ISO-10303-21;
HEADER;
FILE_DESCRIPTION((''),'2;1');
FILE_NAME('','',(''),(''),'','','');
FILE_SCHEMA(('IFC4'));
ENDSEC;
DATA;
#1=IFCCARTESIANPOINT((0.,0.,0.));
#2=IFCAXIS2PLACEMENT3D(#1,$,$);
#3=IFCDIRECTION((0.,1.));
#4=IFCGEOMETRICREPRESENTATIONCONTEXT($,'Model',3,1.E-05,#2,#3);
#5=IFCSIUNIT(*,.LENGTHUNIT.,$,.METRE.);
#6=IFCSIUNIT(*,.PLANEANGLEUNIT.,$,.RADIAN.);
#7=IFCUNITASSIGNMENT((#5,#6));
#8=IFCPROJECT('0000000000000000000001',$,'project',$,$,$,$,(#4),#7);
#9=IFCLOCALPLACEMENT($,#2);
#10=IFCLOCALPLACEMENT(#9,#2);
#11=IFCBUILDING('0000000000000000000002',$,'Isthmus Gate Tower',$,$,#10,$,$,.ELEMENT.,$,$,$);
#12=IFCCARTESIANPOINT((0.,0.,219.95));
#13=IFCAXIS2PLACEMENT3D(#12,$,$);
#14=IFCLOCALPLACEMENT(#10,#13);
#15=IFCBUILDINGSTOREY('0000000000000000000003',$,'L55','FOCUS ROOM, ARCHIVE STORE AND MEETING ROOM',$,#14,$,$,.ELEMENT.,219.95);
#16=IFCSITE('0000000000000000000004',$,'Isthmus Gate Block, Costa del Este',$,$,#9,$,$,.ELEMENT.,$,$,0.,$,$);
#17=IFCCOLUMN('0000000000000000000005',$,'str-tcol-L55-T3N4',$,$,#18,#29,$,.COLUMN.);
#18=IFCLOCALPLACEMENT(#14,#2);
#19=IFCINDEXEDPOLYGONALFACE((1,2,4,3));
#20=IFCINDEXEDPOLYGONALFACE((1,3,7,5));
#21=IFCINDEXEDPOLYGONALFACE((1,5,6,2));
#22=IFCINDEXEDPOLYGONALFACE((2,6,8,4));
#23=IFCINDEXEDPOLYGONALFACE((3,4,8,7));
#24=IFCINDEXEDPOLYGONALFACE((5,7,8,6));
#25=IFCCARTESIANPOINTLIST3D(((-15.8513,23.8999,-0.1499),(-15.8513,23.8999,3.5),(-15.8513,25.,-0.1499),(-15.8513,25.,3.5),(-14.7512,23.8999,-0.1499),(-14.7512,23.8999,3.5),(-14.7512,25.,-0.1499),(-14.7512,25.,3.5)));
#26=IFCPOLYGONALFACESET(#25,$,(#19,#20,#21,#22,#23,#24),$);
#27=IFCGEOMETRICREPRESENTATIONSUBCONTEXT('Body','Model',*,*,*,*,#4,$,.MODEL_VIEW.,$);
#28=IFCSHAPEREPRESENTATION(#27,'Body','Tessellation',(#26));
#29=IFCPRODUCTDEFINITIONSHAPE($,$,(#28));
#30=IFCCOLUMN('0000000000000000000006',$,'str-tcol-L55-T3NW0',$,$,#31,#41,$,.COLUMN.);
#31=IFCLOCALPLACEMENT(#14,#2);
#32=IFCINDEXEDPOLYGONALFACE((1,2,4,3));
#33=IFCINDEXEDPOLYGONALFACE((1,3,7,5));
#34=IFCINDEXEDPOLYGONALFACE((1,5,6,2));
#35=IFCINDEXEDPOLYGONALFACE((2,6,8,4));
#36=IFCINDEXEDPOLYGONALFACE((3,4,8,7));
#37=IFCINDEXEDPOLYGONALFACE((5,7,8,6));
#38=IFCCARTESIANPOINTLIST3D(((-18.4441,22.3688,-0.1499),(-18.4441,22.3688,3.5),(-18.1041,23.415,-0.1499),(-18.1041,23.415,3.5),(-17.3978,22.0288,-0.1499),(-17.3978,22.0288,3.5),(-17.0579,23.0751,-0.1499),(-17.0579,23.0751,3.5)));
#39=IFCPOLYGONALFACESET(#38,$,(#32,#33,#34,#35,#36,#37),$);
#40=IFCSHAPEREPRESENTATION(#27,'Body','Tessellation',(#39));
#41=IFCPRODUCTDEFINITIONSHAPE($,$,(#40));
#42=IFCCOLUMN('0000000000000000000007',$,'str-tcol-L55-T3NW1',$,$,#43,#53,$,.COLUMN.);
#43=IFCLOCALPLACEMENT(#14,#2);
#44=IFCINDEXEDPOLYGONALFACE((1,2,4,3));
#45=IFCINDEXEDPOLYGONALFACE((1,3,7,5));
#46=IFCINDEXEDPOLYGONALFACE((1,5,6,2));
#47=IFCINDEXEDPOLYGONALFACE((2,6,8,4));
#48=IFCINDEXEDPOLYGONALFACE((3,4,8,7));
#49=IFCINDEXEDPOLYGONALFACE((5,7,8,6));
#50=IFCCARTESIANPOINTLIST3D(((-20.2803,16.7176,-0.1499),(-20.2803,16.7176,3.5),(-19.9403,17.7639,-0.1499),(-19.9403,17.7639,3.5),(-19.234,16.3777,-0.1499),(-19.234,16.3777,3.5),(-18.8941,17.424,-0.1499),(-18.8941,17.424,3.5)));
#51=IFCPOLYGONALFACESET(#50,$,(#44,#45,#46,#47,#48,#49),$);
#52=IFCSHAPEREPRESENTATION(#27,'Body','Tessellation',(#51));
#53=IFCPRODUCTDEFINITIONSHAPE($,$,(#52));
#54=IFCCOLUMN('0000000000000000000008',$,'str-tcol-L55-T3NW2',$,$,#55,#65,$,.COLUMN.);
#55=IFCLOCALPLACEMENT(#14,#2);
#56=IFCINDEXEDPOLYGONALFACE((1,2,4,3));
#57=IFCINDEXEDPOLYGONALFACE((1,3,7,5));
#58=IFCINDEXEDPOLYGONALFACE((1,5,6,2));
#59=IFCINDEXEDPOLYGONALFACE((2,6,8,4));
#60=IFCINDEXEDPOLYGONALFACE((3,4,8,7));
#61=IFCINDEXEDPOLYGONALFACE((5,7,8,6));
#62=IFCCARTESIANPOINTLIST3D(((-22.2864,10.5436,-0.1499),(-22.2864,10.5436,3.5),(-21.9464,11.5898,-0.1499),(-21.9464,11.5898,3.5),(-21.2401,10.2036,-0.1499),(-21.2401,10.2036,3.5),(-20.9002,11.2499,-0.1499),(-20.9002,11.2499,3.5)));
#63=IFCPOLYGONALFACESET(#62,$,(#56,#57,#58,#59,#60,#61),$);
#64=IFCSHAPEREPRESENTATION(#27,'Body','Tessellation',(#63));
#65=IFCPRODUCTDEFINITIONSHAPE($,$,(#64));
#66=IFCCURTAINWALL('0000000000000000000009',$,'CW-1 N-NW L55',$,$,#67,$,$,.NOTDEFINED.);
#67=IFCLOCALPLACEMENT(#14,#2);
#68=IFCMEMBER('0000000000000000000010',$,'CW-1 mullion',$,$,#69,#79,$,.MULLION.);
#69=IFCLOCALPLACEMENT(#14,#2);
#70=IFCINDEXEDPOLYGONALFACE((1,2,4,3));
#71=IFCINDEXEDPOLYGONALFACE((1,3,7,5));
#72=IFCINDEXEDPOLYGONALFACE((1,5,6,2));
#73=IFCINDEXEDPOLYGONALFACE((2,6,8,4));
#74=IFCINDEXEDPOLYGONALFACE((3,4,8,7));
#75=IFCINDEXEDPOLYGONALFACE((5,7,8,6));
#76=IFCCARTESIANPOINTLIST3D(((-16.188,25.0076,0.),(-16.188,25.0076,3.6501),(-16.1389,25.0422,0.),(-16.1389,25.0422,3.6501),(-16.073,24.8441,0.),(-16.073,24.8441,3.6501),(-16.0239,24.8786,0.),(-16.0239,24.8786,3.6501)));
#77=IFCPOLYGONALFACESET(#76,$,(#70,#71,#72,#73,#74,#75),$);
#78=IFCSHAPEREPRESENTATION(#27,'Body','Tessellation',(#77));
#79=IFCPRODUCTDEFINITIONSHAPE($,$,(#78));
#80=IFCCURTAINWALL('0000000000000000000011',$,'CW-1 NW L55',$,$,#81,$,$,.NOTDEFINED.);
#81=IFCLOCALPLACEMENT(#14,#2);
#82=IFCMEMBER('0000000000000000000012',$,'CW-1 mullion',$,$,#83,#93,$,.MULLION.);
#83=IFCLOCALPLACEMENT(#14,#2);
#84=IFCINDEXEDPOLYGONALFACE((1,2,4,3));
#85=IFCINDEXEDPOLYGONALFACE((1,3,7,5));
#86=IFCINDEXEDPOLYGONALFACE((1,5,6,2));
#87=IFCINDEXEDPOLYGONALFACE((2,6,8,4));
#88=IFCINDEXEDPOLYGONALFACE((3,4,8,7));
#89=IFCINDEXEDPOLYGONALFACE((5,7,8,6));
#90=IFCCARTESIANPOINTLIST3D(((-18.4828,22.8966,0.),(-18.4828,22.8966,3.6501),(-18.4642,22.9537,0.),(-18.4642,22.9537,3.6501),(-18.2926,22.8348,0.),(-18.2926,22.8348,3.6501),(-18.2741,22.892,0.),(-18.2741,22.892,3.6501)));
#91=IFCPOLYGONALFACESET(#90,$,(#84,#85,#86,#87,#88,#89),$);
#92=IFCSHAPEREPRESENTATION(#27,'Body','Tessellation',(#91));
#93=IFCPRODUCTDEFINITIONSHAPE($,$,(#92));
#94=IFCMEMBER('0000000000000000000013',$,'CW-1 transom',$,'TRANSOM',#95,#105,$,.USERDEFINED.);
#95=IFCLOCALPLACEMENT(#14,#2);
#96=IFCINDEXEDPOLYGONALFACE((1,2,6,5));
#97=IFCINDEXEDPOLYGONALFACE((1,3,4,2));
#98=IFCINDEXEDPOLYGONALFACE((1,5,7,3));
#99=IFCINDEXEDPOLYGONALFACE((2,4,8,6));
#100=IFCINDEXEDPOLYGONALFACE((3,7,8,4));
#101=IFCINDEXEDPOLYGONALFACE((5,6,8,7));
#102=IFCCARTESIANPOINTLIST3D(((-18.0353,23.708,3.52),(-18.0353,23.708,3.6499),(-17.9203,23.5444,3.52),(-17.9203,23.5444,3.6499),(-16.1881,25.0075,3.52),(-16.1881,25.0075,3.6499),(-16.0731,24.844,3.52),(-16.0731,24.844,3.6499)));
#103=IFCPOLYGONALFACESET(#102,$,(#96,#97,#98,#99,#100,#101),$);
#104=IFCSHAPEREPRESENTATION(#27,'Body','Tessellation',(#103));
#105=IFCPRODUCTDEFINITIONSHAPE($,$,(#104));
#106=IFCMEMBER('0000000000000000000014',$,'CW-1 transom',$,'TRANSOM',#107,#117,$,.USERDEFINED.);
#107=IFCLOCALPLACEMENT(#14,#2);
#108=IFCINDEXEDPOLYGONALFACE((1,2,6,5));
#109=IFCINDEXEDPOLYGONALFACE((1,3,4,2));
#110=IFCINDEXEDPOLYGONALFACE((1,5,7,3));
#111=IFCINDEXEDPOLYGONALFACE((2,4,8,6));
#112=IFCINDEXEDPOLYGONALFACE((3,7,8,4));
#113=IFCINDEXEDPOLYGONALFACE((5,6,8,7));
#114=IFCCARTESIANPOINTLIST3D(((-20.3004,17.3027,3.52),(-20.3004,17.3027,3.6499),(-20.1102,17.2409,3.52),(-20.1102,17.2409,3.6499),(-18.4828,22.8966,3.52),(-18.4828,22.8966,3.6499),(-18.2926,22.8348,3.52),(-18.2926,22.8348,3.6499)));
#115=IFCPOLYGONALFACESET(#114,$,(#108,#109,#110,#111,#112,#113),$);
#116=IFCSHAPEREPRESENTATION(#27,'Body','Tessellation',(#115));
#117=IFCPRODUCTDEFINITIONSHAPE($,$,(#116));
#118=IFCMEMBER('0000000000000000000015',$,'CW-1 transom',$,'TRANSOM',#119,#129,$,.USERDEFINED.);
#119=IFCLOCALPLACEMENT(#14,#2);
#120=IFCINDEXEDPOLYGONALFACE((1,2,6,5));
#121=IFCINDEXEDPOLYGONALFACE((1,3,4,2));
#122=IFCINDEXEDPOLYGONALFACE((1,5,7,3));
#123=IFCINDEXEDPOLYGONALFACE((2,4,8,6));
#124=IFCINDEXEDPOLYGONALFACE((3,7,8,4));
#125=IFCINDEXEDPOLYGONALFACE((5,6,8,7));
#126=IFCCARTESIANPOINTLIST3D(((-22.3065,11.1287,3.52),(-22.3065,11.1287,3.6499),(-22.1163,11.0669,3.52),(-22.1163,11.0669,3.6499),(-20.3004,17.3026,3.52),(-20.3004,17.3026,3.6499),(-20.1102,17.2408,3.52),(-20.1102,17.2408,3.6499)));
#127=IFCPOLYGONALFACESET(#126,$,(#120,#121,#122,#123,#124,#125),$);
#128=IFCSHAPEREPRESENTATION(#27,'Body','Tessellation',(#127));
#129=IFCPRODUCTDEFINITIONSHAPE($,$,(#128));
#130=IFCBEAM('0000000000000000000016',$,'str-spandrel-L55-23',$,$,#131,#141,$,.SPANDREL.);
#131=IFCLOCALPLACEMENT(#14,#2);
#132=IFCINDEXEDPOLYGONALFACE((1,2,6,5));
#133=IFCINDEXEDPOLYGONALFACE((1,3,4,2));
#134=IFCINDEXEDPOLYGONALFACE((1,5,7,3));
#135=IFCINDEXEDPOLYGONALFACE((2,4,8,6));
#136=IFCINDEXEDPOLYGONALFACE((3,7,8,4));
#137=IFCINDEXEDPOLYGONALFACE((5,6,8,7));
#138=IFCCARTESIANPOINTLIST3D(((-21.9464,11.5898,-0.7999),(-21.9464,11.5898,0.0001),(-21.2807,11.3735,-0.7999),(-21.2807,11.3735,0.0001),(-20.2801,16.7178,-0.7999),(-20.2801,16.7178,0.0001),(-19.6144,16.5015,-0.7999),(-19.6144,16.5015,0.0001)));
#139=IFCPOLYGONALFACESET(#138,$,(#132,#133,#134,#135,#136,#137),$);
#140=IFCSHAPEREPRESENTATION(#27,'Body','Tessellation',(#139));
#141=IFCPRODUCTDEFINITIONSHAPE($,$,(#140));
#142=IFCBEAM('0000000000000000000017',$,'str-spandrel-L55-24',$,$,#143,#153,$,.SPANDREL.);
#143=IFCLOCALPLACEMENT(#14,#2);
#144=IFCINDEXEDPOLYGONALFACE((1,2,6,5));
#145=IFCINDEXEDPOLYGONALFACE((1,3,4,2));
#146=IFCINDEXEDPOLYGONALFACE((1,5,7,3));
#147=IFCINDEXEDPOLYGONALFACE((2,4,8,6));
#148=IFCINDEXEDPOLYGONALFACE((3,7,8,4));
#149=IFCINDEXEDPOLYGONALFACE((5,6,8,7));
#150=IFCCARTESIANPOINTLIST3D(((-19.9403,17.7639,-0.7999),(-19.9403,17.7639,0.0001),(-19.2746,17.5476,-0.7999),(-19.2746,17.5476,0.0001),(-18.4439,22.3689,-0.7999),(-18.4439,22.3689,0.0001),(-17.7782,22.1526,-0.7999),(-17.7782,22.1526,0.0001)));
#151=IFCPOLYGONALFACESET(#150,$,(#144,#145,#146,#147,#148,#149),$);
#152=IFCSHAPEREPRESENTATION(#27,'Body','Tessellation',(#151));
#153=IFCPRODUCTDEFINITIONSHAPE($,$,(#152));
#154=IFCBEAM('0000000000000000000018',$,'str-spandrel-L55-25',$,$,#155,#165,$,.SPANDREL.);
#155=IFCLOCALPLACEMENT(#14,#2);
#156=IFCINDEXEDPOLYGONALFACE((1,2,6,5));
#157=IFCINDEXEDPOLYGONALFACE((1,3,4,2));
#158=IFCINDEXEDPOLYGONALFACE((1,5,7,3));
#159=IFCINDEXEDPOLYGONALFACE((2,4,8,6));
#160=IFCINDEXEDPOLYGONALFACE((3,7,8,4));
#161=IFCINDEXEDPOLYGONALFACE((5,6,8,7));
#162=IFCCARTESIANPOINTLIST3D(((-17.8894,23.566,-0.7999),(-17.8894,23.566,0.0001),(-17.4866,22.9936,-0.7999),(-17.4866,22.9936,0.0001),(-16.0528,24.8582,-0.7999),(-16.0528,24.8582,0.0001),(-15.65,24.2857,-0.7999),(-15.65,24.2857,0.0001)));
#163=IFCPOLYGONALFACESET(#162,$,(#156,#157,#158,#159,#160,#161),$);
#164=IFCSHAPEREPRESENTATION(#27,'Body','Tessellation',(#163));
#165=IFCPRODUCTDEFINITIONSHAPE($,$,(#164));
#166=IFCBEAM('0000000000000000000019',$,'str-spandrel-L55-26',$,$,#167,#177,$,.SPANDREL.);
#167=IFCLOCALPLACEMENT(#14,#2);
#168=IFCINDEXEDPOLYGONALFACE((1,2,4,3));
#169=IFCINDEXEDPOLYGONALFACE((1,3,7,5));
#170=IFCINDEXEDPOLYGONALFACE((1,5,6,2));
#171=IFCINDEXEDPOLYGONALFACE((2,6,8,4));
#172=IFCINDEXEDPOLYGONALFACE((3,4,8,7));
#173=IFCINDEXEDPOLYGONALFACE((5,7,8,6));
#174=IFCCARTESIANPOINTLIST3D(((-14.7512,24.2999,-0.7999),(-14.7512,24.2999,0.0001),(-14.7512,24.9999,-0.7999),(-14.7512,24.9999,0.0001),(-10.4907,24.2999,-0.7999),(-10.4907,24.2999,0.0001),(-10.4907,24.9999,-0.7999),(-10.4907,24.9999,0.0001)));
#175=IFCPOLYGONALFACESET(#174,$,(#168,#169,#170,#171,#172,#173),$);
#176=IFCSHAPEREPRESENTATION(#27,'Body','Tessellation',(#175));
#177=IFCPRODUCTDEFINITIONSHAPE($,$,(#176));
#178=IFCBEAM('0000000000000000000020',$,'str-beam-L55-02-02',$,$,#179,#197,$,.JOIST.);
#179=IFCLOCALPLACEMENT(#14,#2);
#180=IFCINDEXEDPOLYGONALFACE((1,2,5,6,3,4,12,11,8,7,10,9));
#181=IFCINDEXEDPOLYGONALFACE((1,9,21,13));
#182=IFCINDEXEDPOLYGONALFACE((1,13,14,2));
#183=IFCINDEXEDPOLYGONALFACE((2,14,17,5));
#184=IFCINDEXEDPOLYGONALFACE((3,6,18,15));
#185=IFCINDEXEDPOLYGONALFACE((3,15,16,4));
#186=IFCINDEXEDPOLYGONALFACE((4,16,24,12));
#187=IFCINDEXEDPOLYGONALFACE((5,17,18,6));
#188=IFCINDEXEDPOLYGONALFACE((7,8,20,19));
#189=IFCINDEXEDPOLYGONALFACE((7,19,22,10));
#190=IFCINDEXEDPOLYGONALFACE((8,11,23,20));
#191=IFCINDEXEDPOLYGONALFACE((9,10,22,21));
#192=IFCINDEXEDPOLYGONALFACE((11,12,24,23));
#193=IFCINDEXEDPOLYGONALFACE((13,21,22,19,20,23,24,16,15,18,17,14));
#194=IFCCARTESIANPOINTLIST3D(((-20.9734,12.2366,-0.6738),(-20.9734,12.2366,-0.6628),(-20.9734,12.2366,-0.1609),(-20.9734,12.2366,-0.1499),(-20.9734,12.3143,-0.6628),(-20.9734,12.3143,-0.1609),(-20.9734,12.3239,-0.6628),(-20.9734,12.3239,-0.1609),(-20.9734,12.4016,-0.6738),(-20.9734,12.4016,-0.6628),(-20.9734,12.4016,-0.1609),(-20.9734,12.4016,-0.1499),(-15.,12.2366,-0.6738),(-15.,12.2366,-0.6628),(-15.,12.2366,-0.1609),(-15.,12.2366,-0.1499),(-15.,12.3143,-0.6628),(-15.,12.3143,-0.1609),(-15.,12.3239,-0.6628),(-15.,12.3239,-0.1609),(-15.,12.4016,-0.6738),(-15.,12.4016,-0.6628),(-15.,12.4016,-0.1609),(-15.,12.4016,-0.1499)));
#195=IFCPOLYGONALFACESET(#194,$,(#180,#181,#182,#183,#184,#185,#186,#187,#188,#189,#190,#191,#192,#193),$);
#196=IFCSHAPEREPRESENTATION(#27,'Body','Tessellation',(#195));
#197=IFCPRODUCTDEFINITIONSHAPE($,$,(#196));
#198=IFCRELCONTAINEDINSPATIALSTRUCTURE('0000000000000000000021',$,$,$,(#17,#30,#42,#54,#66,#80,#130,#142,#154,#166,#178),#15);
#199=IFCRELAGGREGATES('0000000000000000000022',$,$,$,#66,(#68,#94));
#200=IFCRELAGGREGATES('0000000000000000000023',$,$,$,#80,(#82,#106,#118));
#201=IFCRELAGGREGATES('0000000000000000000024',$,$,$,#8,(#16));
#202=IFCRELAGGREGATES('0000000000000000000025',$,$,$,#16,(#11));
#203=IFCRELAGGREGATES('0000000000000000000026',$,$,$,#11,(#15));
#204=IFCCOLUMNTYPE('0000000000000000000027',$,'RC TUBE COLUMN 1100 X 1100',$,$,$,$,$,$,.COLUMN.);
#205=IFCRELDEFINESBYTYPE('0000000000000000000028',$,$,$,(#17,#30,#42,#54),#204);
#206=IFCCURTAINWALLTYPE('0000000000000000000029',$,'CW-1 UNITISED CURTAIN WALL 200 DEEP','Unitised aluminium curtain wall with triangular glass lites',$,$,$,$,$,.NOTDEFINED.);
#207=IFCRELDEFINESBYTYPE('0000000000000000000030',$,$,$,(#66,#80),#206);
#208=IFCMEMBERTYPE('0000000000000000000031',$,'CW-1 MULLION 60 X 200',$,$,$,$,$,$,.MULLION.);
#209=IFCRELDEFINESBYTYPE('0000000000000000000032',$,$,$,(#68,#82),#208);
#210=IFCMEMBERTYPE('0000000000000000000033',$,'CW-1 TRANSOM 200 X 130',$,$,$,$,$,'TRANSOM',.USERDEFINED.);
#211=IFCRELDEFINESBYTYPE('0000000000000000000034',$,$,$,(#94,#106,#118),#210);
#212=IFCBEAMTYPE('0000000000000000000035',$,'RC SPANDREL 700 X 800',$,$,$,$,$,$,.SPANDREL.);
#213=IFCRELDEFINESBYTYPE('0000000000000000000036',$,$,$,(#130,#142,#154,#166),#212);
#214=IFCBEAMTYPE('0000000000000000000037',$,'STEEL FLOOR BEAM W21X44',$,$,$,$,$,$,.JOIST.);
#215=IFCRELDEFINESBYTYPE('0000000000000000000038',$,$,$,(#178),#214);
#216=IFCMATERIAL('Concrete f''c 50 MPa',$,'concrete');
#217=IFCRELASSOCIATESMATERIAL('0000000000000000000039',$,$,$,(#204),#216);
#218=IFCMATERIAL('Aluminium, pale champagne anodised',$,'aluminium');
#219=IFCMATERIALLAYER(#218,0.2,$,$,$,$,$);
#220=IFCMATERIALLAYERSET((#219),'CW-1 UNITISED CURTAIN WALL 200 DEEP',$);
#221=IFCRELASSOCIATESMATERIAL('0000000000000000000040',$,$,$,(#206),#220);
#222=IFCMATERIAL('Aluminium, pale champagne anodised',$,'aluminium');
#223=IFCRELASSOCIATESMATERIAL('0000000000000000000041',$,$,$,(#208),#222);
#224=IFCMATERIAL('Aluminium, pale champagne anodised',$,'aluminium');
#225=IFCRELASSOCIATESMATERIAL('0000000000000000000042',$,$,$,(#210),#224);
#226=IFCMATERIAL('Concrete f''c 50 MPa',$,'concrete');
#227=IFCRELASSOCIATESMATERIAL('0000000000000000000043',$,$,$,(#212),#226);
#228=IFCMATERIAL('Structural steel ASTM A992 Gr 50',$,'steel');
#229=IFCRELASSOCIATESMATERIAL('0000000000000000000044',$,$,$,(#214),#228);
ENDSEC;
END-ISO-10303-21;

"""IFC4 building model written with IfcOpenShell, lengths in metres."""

from ifc_helpers import new_model, si_unit, direction, frame, origin, origin_2d, place, context, subcontext, project, spatial, rectangle, i_section, extrude, material, layer, layer_set, material_profile, profile_set, type_object, element, aggregate, save


model = new_model("IFC4")

# Units and contexts
model_context = context("Model", 3, precision=1e-05, world=origin(), true_north=direction((0.0, 1.0)))
body_context = subcontext(model_context, "Body", "Model", "MODEL_VIEW")
ifc_project = project(units=[si_unit("LENGTHUNIT", "METRE"), si_unit("PLANEANGLEUNIT", "RADIAN")], contexts=[model_context])

# Site, building, storey
site_placement = place(None, origin())
site = spatial("IfcSite", under=ifc_project, at=site_placement, Name="Isthmus Gate Block, Costa del Este", CompositionType="ELEMENT", RefElevation=0.0)
building_placement = place(site_placement, origin())
building = spatial("IfcBuilding", under=site, at=building_placement, Name="Isthmus Gate Tower", CompositionType="ELEMENT")
storey_placement = place(building_placement, frame((0.0, 0.0, 219.95)))
storey = spatial("IfcBuildingStorey", under=building, at=storey_placement, Name="L55", Description="FOCUS ROOM, ARCHIVE STORE AND MEETING ROOM", CompositionType="ELEMENT", Elevation=219.95)

# Columns
ifc_material_1 = material(Name="Concrete f'c 50 MPa", Category="concrete")
ifc_material_profile_1 = material_profile(ifc_material_1, rectangle(XDim=1.1001, YDim=1.1001, at=origin_2d()), Name="RC 1100X1100")
ifc_profile_set_1 = profile_set([ifc_material_profile_1], Name="Concrete f'c 50 MPa")
column_type = type_object("IfcColumnType", Name="RC TUBE COLUMN 1100 X 1100", PredefinedType="COLUMN", material=ifc_profile_set_1)
for number, where, z_axis, x_axis, name in (
    (1, (-15.3013, 24.45, -0.1499), (0.0, 0.0, 1.0), (-1.0, 0.0, 0.0), "str-tcol-L55-T3N4"),
    (2, (-17.751, 22.7219, -0.1499), (0.0, 0.0, 1.0), (-0.309017, -0.951057, 0.0), "str-tcol-L55-T3NW0"),
    (3, (-19.5872, 17.0708, -0.1499), (0.0, 0.0, 1.0), (-0.309017, -0.951057, 0.0), "str-tcol-L55-T3NW1"),
    (4, (-21.5933, 10.8967, -0.1499), (0.0, 0.0, 1.0), (-0.309017, -0.951057, 0.0), "str-tcol-L55-T3NW2"),
):
    element("IfcColumn", number, at=place(storey_placement, frame(where, z_axis=z_axis, x_axis=x_axis)), inside=storey, type_object=column_type, Name=name, PredefinedType="COLUMN", context=body_context, shape_type="SweptSolid", body=[
        extrude(rectangle(XDim=1.1001, YDim=1.1001, at=origin_2d()), origin(), (0.0, 0.0, 1.0), 3.6499),
    ])

# Curtain walls, members
ifc_material_2 = material(Name="Aluminium, pale champagne anodised", Category="aluminium")
ifc_layer_1 = layer(ifc_material_2, 0.2)
ifc_layer_set_1 = layer_set([ifc_layer_1], Name="CW-1 UNITISED CURTAIN WALL 200 DEEP")
curtain_wall_type = type_object("IfcCurtainWallType", Name="CW-1 UNITISED CURTAIN WALL 200 DEEP", Description="Unitised aluminium curtain wall with triangular glass lites", PredefinedType="NOTDEFINED", material=ifc_layer_set_1)
curtain_wall_1_placement = place(storey_placement, origin())
curtain_wall_1 = element("IfcCurtainWall", 5, at=curtain_wall_1_placement, inside=storey, type_object=curtain_wall_type, Name="CW-1 N-NW L55", PredefinedType="NOTDEFINED")
ifc_material_3 = material(Name="Aluminium, pale champagne anodised", Category="aluminium")
ifc_material_profile_2 = material_profile(ifc_material_3, rectangle(XDim=0.0601, YDim=0.2, at=origin_2d()), Name="60x200")
ifc_profile_set_2 = profile_set([ifc_material_profile_2], Name="Aluminium, pale champagne anodised")
member_type_1 = type_object("IfcMemberType", Name="CW-1 MULLION 60 X 200", PredefinedType="MULLION", material=ifc_profile_set_2)
member_1_placement = place(storey_placement, frame((-16.106, 24.9431, 0.0), z_axis=(0.0, 0.0, 1.0), x_axis=(-0.81786, -0.575418, 0.0)))
member_1 = element("IfcMember", 6, at=member_1_placement, type_object=member_type_1, Name="CW-1 mullion", PredefinedType="MULLION", context=body_context, shape_type="SweptSolid", body=[
    extrude(rectangle(XDim=0.0601, YDim=0.2, at=origin_2d()), origin(), (0.0, 0.0, 1.0), 3.6501),
])
curtain_wall_2_placement = place(storey_placement, origin())
curtain_wall_2 = element("IfcCurtainWall", 7, at=curtain_wall_2_placement, inside=storey, type_object=curtain_wall_type, Name="CW-1 NW L55", PredefinedType="NOTDEFINED")
member_2_placement = place(storey_placement, frame((-18.3784, 22.8943, 0.0), z_axis=(0.0, 0.0, 1.0), x_axis=(-0.309017, -0.951057, 0.0)))
member_2 = element("IfcMember", 8, at=member_2_placement, type_object=member_type_1, Name="CW-1 mullion", PredefinedType="MULLION", context=body_context, shape_type="SweptSolid", body=[
    extrude(rectangle(XDim=0.0601, YDim=0.2, at=origin_2d()), origin(), (0.0, 0.0, 1.0), 3.6501),
])

# Members
ifc_material_4 = material(Name="Aluminium, pale champagne anodised", Category="aluminium")
ifc_material_profile_3 = material_profile(ifc_material_4, rectangle(XDim=0.2, YDim=0.1299, at=origin_2d()), Name="200x130")
ifc_profile_set_3 = profile_set([ifc_material_profile_3], Name="Aluminium, pale champagne anodised")
member_type_2 = type_object("IfcMemberType", Name="CW-1 TRANSOM 200 X 130", ElementType="TRANSOM", PredefinedType="USERDEFINED", material=ifc_profile_set_3)
member_3_placement = place(storey_placement, frame((-16.1306, 24.9258, 3.585), z_axis=(-0.817869, -0.575405, 0.0), x_axis=(0.575405, -0.817869, 0.0)))
member_3 = element("IfcMember", 9, at=member_3_placement, type_object=member_type_2, Name="CW-1 transom", ObjectType="TRANSOM", PredefinedType="USERDEFINED", context=body_context, shape_type="SweptSolid", body=[
    extrude(rectangle(XDim=0.2, YDim=0.1299, at=origin_2d()), origin(), (0.0, 0.0, 1.0), 2.2585),
])
member_4_placement = place(storey_placement, frame((-18.3877, 22.8657, 3.585), z_axis=(-0.309021, -0.951055, 0.0), x_axis=(0.951055, -0.309021, 0.0)))
member_4 = element("IfcMember", 10, at=member_4_placement, type_object=member_type_2, Name="CW-1 transom", ObjectType="TRANSOM", PredefinedType="USERDEFINED", context=body_context, shape_type="SweptSolid", body=[
    extrude(rectangle(XDim=0.2, YDim=0.1299, at=origin_2d()), origin(), (0.0, 0.0, 1.0), 5.8818),
])
member_5_placement = place(storey_placement, frame((-20.2053, 17.2717, 3.585), z_axis=(-0.309021, -0.951055, 0.0), x_axis=(0.951055, -0.309021, 0.0)))
member_5 = element("IfcMember", 11, at=member_5_placement, type_object=member_type_2, Name="CW-1 transom", ObjectType="TRANSOM", PredefinedType="USERDEFINED", context=body_context, shape_type="SweptSolid", body=[
    extrude(rectangle(XDim=0.2, YDim=0.1299, at=origin_2d()), origin(), (0.0, 0.0, 1.0), 6.4917),
])

# Beams
ifc_material_5 = material(Name="Concrete f'c 50 MPa", Category="concrete")
ifc_material_profile_4 = material_profile(ifc_material_5, rectangle(XDim=0.7, YDim=0.8, at=origin_2d()), Name="RC 700X800")
ifc_profile_set_4 = profile_set([ifc_material_profile_4], Name="Concrete f'c 50 MPa")
beam_type_1 = type_object("IfcBeamType", Name="RC SPANDREL 700 X 800", PredefinedType="SPANDREL", material=ifc_profile_set_4)
beam_1_placement = place(storey_placement, frame((-21.6135, 11.4817, -0.3999), z_axis=(0.309033, 0.951051, 0.0), x_axis=(-0.951051, 0.309033, 0.0)))
element("IfcBeam", 12, at=beam_1_placement, inside=storey, type_object=beam_type_1, Name="str-spandrel-L55-23", PredefinedType="SPANDREL", context=body_context, shape_type="SweptSolid", body=[
    extrude(rectangle(XDim=0.7, YDim=0.8, at=origin_2d()), origin(), (0.0, 0.0, 1.0), 5.3918),
])
beam_2_placement = place(storey_placement, frame((-19.6074, 17.6558, -0.3999), z_axis=(0.309034, 0.951051, 0.0), x_axis=(-0.951051, 0.309034, 0.0)))
element("IfcBeam", 13, at=beam_2_placement, inside=storey, type_object=beam_type_1, Name="str-spandrel-L55-24", PredefinedType="SPANDREL", context=body_context, shape_type="SweptSolid", body=[
    extrude(rectangle(XDim=0.7, YDim=0.8, at=origin_2d()), origin(), (0.0, 0.0, 1.0), 4.842),
])
beam_3_placement = place(storey_placement, frame((-17.688, 23.2798, -0.3999), z_axis=(0.817856, 0.575423, 0.0), x_axis=(-0.575423, 0.817856, 0.0)))
element("IfcBeam", 14, at=beam_3_placement, inside=storey, type_object=beam_type_1, Name="str-spandrel-L55-25", PredefinedType="SPANDREL", context=body_context, shape_type="SweptSolid", body=[
    extrude(rectangle(XDim=0.7, YDim=0.8, at=origin_2d()), origin(), (0.0, 0.0, 1.0), 2.2456),
])
beam_4_placement = place(storey_placement, frame((-14.7512, 24.6499, -0.3999), z_axis=(1.0, 0.0, 0.0), x_axis=(0.0, 1.0, 0.0)))
element("IfcBeam", 15, at=beam_4_placement, inside=storey, type_object=beam_type_1, Name="str-spandrel-L55-26", PredefinedType="SPANDREL", context=body_context, shape_type="SweptSolid", body=[
    extrude(rectangle(XDim=0.7, YDim=0.8, at=origin_2d()), origin(), (0.0, 0.0, 1.0), 4.2605),
])
ifc_material_6 = material(Name="Structural steel ASTM A992 Gr 50", Category="steel")
ifc_material_profile_5 = material_profile(ifc_material_6, i_section(OverallWidth=0.165, OverallDepth=0.5239, WebThickness=0.0095, FlangeThickness=0.011, at=origin_2d()), Name="W21X44")
ifc_profile_set_5 = profile_set([ifc_material_profile_5], Name="Structural steel ASTM A992 Gr 50")
beam_type_2 = type_object("IfcBeamType", Name="STEEL FLOOR BEAM W21X44", PredefinedType="JOIST", material=ifc_profile_set_5)
beam_5_placement = place(storey_placement, frame((-20.9734, 12.3191, -0.4119), z_axis=(1.0, 0.0, 0.0), x_axis=(0.0, 1.0, 0.0)))
element("IfcBeam", 16, at=beam_5_placement, inside=storey, type_object=beam_type_2, Name="str-beam-L55-02-02", PredefinedType="JOIST", context=body_context, shape_type="SweptSolid", body=[
    extrude(i_section(OverallWidth=0.165, OverallDepth=0.5239, WebThickness=0.0095, FlangeThickness=0.011, at=origin_2d()), origin(), (0.0, 0.0, 1.0), 5.9734),
])

aggregate(curtain_wall_1, [member_1, member_3])

aggregate(curtain_wall_2, [member_2, member_4, member_5])

save(model, "model.ifc")
